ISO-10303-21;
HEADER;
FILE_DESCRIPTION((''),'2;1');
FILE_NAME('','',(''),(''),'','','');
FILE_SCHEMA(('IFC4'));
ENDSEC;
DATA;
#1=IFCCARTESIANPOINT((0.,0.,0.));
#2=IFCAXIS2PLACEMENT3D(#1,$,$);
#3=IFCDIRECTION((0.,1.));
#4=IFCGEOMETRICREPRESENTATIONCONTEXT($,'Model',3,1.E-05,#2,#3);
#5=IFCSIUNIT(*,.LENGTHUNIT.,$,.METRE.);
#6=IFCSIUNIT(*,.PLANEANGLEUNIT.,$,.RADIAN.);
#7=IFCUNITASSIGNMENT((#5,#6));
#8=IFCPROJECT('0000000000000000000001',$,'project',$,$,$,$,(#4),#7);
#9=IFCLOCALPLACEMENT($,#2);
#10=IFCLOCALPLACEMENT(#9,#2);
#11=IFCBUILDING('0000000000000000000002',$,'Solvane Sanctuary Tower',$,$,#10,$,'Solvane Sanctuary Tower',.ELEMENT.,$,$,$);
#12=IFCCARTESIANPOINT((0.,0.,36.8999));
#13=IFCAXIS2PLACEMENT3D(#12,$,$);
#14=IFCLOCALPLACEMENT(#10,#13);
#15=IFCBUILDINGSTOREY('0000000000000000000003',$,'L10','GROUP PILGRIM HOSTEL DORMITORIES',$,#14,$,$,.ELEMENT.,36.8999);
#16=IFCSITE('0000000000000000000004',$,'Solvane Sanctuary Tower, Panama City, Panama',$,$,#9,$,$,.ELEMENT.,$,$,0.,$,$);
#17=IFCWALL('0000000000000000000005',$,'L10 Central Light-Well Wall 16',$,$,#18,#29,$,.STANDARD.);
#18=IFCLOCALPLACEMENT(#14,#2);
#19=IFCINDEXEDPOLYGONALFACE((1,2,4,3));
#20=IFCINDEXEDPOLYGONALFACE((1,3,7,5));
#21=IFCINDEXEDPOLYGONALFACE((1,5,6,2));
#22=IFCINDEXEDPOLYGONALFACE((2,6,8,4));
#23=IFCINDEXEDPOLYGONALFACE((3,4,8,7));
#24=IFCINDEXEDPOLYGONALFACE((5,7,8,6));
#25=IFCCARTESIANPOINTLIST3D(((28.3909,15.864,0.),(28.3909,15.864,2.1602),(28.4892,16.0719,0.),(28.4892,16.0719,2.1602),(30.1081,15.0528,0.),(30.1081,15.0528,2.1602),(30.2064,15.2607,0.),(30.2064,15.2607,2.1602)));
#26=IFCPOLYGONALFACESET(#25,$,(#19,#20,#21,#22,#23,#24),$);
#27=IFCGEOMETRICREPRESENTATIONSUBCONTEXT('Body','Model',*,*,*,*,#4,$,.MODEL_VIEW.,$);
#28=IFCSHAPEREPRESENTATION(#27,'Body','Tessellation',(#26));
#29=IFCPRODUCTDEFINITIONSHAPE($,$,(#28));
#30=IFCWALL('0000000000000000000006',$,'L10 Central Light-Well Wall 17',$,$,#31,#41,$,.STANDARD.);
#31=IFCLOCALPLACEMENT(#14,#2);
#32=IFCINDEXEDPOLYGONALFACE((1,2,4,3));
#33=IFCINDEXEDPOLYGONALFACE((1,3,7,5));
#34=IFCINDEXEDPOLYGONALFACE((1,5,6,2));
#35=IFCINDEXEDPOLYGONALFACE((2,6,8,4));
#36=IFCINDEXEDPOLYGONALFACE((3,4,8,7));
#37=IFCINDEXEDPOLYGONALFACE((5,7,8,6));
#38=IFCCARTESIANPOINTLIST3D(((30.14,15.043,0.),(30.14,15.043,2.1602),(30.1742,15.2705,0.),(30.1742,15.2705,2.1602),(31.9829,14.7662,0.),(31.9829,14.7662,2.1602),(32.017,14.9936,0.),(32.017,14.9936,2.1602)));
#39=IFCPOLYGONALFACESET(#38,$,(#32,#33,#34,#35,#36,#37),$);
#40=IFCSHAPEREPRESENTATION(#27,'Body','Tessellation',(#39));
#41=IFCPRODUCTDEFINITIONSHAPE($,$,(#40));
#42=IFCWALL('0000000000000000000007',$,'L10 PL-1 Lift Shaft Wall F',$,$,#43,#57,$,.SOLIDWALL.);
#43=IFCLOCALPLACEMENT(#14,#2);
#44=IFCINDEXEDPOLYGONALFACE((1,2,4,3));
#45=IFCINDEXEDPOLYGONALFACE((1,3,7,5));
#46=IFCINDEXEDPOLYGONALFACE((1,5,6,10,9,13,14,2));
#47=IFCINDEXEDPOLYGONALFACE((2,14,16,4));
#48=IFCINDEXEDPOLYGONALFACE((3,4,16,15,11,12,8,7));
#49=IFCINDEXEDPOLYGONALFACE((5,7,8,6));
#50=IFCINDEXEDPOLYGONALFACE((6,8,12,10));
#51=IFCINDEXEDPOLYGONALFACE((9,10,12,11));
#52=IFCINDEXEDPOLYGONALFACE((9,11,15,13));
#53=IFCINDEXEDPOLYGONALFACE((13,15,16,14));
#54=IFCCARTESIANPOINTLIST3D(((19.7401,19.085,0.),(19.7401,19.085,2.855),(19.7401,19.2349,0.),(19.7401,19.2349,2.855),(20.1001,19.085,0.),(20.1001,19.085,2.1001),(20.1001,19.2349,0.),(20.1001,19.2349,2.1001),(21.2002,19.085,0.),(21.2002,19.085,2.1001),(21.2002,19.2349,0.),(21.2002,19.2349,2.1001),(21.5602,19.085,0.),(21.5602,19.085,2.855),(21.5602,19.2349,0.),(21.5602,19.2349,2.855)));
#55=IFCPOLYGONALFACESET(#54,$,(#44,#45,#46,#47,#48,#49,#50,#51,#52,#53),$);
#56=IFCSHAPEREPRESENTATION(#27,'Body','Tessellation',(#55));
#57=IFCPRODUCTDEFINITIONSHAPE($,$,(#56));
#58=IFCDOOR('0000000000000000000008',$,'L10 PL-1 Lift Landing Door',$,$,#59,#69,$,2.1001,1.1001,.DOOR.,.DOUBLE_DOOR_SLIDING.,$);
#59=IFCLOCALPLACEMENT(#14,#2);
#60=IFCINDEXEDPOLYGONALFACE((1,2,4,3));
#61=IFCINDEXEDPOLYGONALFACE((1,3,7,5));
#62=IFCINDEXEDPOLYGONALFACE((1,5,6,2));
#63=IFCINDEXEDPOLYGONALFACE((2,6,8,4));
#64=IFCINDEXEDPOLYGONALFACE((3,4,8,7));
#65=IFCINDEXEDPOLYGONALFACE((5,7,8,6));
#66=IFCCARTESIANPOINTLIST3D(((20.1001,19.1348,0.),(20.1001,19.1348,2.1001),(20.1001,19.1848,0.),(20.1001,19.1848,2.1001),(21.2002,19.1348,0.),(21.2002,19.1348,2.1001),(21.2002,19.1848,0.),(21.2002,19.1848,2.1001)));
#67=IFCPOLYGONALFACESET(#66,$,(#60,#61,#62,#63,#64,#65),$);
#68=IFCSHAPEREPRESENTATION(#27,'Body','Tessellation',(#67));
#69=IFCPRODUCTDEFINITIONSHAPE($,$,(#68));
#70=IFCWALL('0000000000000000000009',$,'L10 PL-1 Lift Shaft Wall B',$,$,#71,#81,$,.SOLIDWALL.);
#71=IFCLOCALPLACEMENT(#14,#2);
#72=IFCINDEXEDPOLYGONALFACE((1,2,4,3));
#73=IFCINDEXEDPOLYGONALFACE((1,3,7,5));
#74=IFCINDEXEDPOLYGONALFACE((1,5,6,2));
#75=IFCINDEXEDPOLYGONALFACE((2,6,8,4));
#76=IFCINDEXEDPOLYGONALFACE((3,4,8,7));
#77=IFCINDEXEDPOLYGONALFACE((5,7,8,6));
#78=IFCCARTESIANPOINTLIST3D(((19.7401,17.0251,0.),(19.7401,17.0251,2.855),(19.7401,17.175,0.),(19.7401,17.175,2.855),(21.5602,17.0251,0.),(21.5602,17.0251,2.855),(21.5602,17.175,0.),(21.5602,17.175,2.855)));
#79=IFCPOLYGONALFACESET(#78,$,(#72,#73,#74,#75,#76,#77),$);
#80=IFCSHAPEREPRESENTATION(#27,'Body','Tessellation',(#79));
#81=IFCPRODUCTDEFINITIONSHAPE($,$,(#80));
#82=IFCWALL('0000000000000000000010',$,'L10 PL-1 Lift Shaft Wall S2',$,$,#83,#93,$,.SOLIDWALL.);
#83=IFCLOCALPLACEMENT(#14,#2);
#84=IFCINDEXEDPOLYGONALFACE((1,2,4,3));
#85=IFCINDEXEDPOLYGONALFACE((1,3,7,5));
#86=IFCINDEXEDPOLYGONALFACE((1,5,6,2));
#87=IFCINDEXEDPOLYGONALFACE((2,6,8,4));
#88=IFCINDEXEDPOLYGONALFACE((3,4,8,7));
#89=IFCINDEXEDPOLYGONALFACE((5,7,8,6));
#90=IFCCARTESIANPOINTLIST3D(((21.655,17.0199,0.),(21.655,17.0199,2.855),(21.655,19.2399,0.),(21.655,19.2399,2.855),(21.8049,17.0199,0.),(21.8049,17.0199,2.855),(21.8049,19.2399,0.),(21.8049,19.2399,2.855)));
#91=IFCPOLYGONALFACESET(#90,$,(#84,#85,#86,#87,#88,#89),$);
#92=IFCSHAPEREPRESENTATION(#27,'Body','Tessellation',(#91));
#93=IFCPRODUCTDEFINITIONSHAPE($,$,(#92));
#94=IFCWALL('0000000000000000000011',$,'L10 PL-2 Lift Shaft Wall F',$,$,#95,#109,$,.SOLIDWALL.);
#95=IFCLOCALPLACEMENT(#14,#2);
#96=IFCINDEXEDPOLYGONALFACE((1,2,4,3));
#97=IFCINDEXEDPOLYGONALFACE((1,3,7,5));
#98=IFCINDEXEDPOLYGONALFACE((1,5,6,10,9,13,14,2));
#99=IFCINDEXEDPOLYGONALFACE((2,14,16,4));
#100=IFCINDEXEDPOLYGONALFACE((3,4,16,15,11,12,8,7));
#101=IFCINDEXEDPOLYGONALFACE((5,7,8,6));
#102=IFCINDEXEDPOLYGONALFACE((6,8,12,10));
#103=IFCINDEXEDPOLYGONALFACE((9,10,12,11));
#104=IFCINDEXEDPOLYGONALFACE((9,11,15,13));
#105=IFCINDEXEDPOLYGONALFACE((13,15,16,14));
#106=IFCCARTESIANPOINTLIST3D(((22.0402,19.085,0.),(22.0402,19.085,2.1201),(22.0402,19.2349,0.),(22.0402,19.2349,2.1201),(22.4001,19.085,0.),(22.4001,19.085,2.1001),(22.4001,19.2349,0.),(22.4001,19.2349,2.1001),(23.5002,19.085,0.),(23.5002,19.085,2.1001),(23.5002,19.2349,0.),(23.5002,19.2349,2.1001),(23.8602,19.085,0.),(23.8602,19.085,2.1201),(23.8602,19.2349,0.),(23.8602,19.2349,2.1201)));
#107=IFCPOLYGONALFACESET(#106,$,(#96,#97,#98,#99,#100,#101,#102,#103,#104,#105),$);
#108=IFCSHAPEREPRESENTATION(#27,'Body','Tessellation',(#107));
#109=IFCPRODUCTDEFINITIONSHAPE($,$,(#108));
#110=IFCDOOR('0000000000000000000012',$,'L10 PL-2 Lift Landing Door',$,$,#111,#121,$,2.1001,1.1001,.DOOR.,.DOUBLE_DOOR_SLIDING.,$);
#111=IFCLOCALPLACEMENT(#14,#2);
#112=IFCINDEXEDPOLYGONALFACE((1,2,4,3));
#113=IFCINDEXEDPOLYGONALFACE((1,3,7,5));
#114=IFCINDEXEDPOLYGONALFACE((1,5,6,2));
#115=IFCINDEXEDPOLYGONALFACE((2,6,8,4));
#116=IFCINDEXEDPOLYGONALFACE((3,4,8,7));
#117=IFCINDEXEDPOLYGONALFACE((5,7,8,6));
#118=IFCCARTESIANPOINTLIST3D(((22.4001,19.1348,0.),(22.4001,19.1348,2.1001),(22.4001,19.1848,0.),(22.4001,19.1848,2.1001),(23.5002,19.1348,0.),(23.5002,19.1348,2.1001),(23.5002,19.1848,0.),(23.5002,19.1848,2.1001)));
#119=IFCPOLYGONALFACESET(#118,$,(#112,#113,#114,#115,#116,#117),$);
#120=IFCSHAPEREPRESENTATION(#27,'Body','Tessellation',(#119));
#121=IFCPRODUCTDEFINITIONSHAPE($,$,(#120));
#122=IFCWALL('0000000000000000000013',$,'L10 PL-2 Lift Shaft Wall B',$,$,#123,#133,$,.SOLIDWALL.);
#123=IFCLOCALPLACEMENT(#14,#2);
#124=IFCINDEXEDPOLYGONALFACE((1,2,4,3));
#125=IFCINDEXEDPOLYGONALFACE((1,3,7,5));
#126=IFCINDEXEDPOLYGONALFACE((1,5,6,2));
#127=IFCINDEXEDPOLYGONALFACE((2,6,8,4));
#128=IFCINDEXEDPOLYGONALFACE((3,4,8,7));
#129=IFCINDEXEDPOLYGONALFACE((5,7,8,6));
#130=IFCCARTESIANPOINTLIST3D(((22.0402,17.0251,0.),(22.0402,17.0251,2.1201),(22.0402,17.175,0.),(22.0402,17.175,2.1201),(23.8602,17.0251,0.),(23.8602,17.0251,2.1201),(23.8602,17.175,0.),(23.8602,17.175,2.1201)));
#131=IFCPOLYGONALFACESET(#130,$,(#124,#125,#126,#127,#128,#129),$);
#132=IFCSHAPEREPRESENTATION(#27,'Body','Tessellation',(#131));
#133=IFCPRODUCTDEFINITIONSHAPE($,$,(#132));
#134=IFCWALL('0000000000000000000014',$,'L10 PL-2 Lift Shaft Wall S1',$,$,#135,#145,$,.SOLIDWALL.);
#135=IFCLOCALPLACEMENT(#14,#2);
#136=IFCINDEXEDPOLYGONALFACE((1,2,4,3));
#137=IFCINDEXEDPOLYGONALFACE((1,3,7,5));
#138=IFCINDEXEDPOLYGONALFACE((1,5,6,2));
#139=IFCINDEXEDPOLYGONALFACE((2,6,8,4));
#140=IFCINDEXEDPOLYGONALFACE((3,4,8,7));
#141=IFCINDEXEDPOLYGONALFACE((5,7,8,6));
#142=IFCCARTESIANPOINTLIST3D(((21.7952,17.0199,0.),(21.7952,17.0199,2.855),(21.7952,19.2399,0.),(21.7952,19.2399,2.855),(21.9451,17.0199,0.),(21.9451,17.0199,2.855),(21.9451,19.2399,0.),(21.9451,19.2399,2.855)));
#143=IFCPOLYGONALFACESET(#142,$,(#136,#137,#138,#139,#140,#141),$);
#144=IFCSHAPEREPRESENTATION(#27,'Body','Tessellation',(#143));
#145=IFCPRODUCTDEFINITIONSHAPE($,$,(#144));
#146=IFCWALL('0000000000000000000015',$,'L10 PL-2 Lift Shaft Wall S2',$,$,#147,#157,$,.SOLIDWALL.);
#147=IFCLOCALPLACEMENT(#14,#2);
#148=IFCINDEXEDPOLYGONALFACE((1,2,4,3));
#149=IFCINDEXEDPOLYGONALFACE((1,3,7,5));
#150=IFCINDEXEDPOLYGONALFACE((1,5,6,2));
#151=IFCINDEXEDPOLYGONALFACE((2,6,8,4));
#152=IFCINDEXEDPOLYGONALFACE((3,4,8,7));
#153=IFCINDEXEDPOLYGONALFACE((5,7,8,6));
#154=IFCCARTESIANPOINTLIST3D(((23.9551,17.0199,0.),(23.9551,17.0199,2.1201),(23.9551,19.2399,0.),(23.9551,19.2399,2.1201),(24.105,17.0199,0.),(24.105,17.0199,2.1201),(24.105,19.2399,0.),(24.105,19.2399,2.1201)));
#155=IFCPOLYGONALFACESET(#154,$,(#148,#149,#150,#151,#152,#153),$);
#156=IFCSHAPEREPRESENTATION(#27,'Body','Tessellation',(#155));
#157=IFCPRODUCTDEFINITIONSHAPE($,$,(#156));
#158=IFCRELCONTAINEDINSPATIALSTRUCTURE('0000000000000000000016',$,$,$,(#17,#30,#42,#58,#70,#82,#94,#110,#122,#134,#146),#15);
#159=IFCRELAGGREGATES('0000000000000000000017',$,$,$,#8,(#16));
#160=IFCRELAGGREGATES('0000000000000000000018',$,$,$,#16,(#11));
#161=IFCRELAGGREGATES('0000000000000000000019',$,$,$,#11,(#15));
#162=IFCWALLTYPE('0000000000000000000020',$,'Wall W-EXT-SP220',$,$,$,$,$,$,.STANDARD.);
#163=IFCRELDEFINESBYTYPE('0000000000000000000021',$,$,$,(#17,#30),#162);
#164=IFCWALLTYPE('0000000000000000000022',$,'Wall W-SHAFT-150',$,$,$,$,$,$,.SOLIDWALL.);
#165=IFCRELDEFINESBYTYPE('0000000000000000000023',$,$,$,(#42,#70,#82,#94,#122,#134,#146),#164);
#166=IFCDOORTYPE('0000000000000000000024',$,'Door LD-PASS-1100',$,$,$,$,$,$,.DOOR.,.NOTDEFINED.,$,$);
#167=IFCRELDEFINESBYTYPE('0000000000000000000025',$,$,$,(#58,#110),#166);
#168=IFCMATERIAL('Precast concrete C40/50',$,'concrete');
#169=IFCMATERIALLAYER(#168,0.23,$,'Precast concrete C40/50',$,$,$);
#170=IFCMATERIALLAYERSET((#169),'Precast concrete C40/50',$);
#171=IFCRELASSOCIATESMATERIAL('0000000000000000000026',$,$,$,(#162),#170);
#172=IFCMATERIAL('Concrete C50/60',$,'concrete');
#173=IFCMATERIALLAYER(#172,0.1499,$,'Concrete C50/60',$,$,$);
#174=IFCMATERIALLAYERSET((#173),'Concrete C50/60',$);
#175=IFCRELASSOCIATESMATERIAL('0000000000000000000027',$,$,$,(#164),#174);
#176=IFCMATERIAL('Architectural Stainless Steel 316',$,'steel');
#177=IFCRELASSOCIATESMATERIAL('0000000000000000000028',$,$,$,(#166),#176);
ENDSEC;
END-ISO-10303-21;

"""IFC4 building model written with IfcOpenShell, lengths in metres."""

from ifc_helpers import new_model, si_unit, direction, frame, frame_2d, origin, place, context, subcontext, project, spatial, rectangle, extrude, material, layer, layer_set, type_object, element, fill, save


model = new_model("IFC4")

# Units and contexts
model_context = context("Model", 3, precision=1e-05, world=origin(), true_north=direction((0.0, 1.0)))
body_context = subcontext(model_context, "Body", "Model", "MODEL_VIEW")
ifc_project = project(units=[si_unit("LENGTHUNIT", "METRE"), si_unit("PLANEANGLEUNIT", "RADIAN")], contexts=[model_context])

# Site, building, storey
site_placement = place(None, origin())
site = spatial("IfcSite", under=ifc_project, at=site_placement, Name="Solvane Sanctuary Tower, Panama City, Panama", CompositionType="ELEMENT", RefElevation=0.0)
building_placement = place(site_placement, origin())
building = spatial("IfcBuilding", under=site, at=building_placement, Name="Solvane Sanctuary Tower", LongName="Solvane Sanctuary Tower", CompositionType="ELEMENT")
storey_placement = place(building_placement, frame((0.0, 0.0, 36.8999)))
storey = spatial("IfcBuildingStorey", under=building, at=storey_placement, Name="L10", Description="GROUP PILGRIM HOSTEL DORMITORIES", CompositionType="ELEMENT", Elevation=36.8999)

# Walls
ifc_material_1 = material(Name="Precast concrete C40/50", Category="concrete")
ifc_layer_1 = layer(ifc_material_1, 0.23, Name="Precast concrete C40/50")
ifc_layer_set_1 = layer_set([ifc_layer_1], Name="Precast concrete C40/50")
wall_type_1 = type_object("IfcWallType", Name="Wall W-EXT-SP220", PredefinedType="STANDARD", material=ifc_layer_set_1)
wall_1_placement = place(storey_placement, frame((28.4399, 15.968, 0.0), z_axis=(0.0, 0.0, 1.0), x_axis=(0.90418, -0.427152, 0.0)))
element("IfcWall", 1, at=wall_1_placement, inside=storey, type_object=wall_type_1, Name="L10 Central Light-Well Wall 16", PredefinedType="STANDARD", context=body_context, shape_type="SweptSolid", body=[
    extrude(rectangle(XDim=1.8992, YDim=0.23, at=frame_2d((0.9497, 0.0))), origin(), (0.0, 0.0, 1.0), 2.1602),
])
wall_2_placement = place(storey_placement, frame((30.1572, 15.1567, 0.0), z_axis=(0.0, 0.0, 1.0), x_axis=(0.988902, -0.148571, 0.0)))
element("IfcWall", 2, at=wall_2_placement, inside=storey, type_object=wall_type_1, Name="L10 Central Light-Well Wall 17", PredefinedType="STANDARD", context=body_context, shape_type="SweptSolid", body=[
    extrude(rectangle(XDim=1.8635, YDim=0.23, at=frame_2d((0.9316, 0.0))), origin(), (0.0, 0.0, 1.0), 2.1602),
])

# Wall, opening, door
ifc_material_2 = material(Name="Concrete C50/60", Category="concrete")
ifc_layer_2 = layer(ifc_material_2, 0.1499, Name="Concrete C50/60")
ifc_layer_set_2 = layer_set([ifc_layer_2], Name="Concrete C50/60")
wall_type_2 = type_object("IfcWallType", Name="Wall W-SHAFT-150", PredefinedType="SOLIDWALL", material=ifc_layer_set_2)
wall_3_placement = place(storey_placement, frame((19.74, 19.1599, 0.0), z_axis=(0.0, 0.0, 1.0), x_axis=(1.0, 0.0, 0.0)))
wall_3 = element("IfcWall", 3, at=wall_3_placement, inside=storey, type_object=wall_type_2, Name="L10 PL-1 Lift Shaft Wall F", PredefinedType="SOLIDWALL", context=body_context, shape_type="SweptSolid", body=[
    extrude(rectangle(XDim=1.8201, YDim=0.1499, at=frame_2d((0.9102, 0.0))), origin(), (0.0, 0.0, 1.0), 2.855),
])
opening_1_placement = place(wall_3_placement, frame((0.3601, 0.0, 0.0)))
opening_1 = element("IfcOpeningElement", 4, at=opening_1_placement, cuts=wall_3, PredefinedType="OPENING", context=body_context, shape_type="SweptSolid", body=[
    extrude(rectangle(XDim=1.1001, YDim=2.1001, at=frame_2d((0.55, 1.05))), frame((0.0, 0.085, 0.0), z_axis=(0.0, -1.0, 0.0), x_axis=(1.0, 0.0, 0.0)), (0.0, 0.0, 1.0), 0.1699),
])
ifc_material_3 = material(Name="Architectural Stainless Steel 316", Category="steel")
door_type = type_object("IfcDoorType", Name="Door LD-PASS-1100", OperationType="NOTDEFINED", PredefinedType="DOOR", material=ifc_material_3)
door_1_placement = place(opening_1_placement, origin())
door_1 = element("IfcDoor", 5, at=door_1_placement, inside=storey, type_object=door_type, Name="L10 PL-1 Lift Landing Door", OperationType="DOUBLE_DOOR_SLIDING", OverallHeight=2.1001, OverallWidth=1.1001, PredefinedType="DOOR", context=body_context, shape_type="SweptSolid", body=[
    extrude(rectangle(XDim=1.1001, YDim=2.1001, at=frame_2d((0.55, 1.05))), frame((0.0, 0.0249, 0.0), z_axis=(0.0, -1.0, 0.0), x_axis=(1.0, 0.0, 0.0)), (0.0, 0.0, 1.0), 0.05),
])
fill(opening_1, door_1)

# Walls
wall_4_placement = place(storey_placement, frame((19.74, 17.1001, 0.0), z_axis=(0.0, 0.0, 1.0), x_axis=(1.0, 0.0, 0.0)))
element("IfcWall", 6, at=wall_4_placement, inside=storey, type_object=wall_type_2, Name="L10 PL-1 Lift Shaft Wall B", PredefinedType="SOLIDWALL", context=body_context, shape_type="SweptSolid", body=[
    extrude(rectangle(XDim=1.8201, YDim=0.1499, at=frame_2d((0.9102, 0.0))), origin(), (0.0, 0.0, 1.0), 2.855),
])
wall_5_placement = place(storey_placement, frame((21.73, 17.02, 0.0), z_axis=(0.0, 0.0, 1.0), x_axis=(0.0, 1.0, 0.0)))
element("IfcWall", 7, at=wall_5_placement, inside=storey, type_object=wall_type_2, Name="L10 PL-1 Lift Shaft Wall S2", PredefinedType="SOLIDWALL", context=body_context, shape_type="SweptSolid", body=[
    extrude(rectangle(XDim=2.22, YDim=0.1499, at=frame_2d((1.1099, 0.0))), origin(), (0.0, 0.0, 1.0), 2.855),
])

# Wall, opening, door
wall_6_placement = place(storey_placement, frame((22.04, 19.1599, 0.0), z_axis=(0.0, 0.0, 1.0), x_axis=(1.0, 0.0, 0.0)))
wall_6 = element("IfcWall", 8, at=wall_6_placement, inside=storey, type_object=wall_type_2, Name="L10 PL-2 Lift Shaft Wall F", PredefinedType="SOLIDWALL", context=body_context, shape_type="SweptSolid", body=[
    extrude(rectangle(XDim=1.8201, YDim=0.1499, at=frame_2d((0.9102, 0.0))), origin(), (0.0, 0.0, 1.0), 2.1201),
])
opening_2_placement = place(wall_6_placement, frame((0.3601, 0.0, 0.0)))
opening_2 = element("IfcOpeningElement", 9, at=opening_2_placement, cuts=wall_6, PredefinedType="OPENING", context=body_context, shape_type="SweptSolid", body=[
    extrude(rectangle(XDim=1.1001, YDim=2.1001, at=frame_2d((0.55, 1.05))), frame((0.0, 0.085, 0.0), z_axis=(0.0, -1.0, 0.0), x_axis=(1.0, 0.0, 0.0)), (0.0, 0.0, 1.0), 0.1699),
])
door_2_placement = place(opening_2_placement, origin())
door_2 = element("IfcDoor", 10, at=door_2_placement, inside=storey, type_object=door_type, Name="L10 PL-2 Lift Landing Door", OperationType="DOUBLE_DOOR_SLIDING", OverallHeight=2.1001, OverallWidth=1.1001, PredefinedType="DOOR", context=body_context, shape_type="SweptSolid", body=[
    extrude(rectangle(XDim=1.1001, YDim=2.1001, at=frame_2d((0.55, 1.05))), frame((0.0, 0.0249, 0.0), z_axis=(0.0, -1.0, 0.0), x_axis=(1.0, 0.0, 0.0)), (0.0, 0.0, 1.0), 0.05),
])
fill(opening_2, door_2)

# Walls
wall_7_placement = place(storey_placement, frame((22.04, 17.1001, 0.0), z_axis=(0.0, 0.0, 1.0), x_axis=(1.0, 0.0, 0.0)))
element("IfcWall", 11, at=wall_7_placement, inside=storey, type_object=wall_type_2, Name="L10 PL-2 Lift Shaft Wall B", PredefinedType="SOLIDWALL", context=body_context, shape_type="SweptSolid", body=[
    extrude(rectangle(XDim=1.8201, YDim=0.1499, at=frame_2d((0.9102, 0.0))), origin(), (0.0, 0.0, 1.0), 2.1201),
])
wall_8_placement = place(storey_placement, frame((21.8701, 17.02, 0.0), z_axis=(0.0, 0.0, 1.0), x_axis=(0.0, 1.0, 0.0)))
element("IfcWall", 12, at=wall_8_placement, inside=storey, type_object=wall_type_2, Name="L10 PL-2 Lift Shaft Wall S1", PredefinedType="SOLIDWALL", context=body_context, shape_type="SweptSolid", body=[
    extrude(rectangle(XDim=2.22, YDim=0.1499, at=frame_2d((1.1099, 0.0))), origin(), (0.0, 0.0, 1.0), 2.855),
])
wall_9_placement = place(storey_placement, frame((24.03, 17.02, 0.0), z_axis=(0.0, 0.0, 1.0), x_axis=(0.0, 1.0, 0.0)))
element("IfcWall", 13, at=wall_9_placement, inside=storey, type_object=wall_type_2, Name="L10 PL-2 Lift Shaft Wall S2", PredefinedType="SOLIDWALL", context=body_context, shape_type="SweptSolid", body=[
    extrude(rectangle(XDim=2.22, YDim=0.1499, at=frame_2d((1.1099, 0.0))), origin(), (0.0, 0.0, 1.0), 2.1201),
])

save(model, "model.ifc")
